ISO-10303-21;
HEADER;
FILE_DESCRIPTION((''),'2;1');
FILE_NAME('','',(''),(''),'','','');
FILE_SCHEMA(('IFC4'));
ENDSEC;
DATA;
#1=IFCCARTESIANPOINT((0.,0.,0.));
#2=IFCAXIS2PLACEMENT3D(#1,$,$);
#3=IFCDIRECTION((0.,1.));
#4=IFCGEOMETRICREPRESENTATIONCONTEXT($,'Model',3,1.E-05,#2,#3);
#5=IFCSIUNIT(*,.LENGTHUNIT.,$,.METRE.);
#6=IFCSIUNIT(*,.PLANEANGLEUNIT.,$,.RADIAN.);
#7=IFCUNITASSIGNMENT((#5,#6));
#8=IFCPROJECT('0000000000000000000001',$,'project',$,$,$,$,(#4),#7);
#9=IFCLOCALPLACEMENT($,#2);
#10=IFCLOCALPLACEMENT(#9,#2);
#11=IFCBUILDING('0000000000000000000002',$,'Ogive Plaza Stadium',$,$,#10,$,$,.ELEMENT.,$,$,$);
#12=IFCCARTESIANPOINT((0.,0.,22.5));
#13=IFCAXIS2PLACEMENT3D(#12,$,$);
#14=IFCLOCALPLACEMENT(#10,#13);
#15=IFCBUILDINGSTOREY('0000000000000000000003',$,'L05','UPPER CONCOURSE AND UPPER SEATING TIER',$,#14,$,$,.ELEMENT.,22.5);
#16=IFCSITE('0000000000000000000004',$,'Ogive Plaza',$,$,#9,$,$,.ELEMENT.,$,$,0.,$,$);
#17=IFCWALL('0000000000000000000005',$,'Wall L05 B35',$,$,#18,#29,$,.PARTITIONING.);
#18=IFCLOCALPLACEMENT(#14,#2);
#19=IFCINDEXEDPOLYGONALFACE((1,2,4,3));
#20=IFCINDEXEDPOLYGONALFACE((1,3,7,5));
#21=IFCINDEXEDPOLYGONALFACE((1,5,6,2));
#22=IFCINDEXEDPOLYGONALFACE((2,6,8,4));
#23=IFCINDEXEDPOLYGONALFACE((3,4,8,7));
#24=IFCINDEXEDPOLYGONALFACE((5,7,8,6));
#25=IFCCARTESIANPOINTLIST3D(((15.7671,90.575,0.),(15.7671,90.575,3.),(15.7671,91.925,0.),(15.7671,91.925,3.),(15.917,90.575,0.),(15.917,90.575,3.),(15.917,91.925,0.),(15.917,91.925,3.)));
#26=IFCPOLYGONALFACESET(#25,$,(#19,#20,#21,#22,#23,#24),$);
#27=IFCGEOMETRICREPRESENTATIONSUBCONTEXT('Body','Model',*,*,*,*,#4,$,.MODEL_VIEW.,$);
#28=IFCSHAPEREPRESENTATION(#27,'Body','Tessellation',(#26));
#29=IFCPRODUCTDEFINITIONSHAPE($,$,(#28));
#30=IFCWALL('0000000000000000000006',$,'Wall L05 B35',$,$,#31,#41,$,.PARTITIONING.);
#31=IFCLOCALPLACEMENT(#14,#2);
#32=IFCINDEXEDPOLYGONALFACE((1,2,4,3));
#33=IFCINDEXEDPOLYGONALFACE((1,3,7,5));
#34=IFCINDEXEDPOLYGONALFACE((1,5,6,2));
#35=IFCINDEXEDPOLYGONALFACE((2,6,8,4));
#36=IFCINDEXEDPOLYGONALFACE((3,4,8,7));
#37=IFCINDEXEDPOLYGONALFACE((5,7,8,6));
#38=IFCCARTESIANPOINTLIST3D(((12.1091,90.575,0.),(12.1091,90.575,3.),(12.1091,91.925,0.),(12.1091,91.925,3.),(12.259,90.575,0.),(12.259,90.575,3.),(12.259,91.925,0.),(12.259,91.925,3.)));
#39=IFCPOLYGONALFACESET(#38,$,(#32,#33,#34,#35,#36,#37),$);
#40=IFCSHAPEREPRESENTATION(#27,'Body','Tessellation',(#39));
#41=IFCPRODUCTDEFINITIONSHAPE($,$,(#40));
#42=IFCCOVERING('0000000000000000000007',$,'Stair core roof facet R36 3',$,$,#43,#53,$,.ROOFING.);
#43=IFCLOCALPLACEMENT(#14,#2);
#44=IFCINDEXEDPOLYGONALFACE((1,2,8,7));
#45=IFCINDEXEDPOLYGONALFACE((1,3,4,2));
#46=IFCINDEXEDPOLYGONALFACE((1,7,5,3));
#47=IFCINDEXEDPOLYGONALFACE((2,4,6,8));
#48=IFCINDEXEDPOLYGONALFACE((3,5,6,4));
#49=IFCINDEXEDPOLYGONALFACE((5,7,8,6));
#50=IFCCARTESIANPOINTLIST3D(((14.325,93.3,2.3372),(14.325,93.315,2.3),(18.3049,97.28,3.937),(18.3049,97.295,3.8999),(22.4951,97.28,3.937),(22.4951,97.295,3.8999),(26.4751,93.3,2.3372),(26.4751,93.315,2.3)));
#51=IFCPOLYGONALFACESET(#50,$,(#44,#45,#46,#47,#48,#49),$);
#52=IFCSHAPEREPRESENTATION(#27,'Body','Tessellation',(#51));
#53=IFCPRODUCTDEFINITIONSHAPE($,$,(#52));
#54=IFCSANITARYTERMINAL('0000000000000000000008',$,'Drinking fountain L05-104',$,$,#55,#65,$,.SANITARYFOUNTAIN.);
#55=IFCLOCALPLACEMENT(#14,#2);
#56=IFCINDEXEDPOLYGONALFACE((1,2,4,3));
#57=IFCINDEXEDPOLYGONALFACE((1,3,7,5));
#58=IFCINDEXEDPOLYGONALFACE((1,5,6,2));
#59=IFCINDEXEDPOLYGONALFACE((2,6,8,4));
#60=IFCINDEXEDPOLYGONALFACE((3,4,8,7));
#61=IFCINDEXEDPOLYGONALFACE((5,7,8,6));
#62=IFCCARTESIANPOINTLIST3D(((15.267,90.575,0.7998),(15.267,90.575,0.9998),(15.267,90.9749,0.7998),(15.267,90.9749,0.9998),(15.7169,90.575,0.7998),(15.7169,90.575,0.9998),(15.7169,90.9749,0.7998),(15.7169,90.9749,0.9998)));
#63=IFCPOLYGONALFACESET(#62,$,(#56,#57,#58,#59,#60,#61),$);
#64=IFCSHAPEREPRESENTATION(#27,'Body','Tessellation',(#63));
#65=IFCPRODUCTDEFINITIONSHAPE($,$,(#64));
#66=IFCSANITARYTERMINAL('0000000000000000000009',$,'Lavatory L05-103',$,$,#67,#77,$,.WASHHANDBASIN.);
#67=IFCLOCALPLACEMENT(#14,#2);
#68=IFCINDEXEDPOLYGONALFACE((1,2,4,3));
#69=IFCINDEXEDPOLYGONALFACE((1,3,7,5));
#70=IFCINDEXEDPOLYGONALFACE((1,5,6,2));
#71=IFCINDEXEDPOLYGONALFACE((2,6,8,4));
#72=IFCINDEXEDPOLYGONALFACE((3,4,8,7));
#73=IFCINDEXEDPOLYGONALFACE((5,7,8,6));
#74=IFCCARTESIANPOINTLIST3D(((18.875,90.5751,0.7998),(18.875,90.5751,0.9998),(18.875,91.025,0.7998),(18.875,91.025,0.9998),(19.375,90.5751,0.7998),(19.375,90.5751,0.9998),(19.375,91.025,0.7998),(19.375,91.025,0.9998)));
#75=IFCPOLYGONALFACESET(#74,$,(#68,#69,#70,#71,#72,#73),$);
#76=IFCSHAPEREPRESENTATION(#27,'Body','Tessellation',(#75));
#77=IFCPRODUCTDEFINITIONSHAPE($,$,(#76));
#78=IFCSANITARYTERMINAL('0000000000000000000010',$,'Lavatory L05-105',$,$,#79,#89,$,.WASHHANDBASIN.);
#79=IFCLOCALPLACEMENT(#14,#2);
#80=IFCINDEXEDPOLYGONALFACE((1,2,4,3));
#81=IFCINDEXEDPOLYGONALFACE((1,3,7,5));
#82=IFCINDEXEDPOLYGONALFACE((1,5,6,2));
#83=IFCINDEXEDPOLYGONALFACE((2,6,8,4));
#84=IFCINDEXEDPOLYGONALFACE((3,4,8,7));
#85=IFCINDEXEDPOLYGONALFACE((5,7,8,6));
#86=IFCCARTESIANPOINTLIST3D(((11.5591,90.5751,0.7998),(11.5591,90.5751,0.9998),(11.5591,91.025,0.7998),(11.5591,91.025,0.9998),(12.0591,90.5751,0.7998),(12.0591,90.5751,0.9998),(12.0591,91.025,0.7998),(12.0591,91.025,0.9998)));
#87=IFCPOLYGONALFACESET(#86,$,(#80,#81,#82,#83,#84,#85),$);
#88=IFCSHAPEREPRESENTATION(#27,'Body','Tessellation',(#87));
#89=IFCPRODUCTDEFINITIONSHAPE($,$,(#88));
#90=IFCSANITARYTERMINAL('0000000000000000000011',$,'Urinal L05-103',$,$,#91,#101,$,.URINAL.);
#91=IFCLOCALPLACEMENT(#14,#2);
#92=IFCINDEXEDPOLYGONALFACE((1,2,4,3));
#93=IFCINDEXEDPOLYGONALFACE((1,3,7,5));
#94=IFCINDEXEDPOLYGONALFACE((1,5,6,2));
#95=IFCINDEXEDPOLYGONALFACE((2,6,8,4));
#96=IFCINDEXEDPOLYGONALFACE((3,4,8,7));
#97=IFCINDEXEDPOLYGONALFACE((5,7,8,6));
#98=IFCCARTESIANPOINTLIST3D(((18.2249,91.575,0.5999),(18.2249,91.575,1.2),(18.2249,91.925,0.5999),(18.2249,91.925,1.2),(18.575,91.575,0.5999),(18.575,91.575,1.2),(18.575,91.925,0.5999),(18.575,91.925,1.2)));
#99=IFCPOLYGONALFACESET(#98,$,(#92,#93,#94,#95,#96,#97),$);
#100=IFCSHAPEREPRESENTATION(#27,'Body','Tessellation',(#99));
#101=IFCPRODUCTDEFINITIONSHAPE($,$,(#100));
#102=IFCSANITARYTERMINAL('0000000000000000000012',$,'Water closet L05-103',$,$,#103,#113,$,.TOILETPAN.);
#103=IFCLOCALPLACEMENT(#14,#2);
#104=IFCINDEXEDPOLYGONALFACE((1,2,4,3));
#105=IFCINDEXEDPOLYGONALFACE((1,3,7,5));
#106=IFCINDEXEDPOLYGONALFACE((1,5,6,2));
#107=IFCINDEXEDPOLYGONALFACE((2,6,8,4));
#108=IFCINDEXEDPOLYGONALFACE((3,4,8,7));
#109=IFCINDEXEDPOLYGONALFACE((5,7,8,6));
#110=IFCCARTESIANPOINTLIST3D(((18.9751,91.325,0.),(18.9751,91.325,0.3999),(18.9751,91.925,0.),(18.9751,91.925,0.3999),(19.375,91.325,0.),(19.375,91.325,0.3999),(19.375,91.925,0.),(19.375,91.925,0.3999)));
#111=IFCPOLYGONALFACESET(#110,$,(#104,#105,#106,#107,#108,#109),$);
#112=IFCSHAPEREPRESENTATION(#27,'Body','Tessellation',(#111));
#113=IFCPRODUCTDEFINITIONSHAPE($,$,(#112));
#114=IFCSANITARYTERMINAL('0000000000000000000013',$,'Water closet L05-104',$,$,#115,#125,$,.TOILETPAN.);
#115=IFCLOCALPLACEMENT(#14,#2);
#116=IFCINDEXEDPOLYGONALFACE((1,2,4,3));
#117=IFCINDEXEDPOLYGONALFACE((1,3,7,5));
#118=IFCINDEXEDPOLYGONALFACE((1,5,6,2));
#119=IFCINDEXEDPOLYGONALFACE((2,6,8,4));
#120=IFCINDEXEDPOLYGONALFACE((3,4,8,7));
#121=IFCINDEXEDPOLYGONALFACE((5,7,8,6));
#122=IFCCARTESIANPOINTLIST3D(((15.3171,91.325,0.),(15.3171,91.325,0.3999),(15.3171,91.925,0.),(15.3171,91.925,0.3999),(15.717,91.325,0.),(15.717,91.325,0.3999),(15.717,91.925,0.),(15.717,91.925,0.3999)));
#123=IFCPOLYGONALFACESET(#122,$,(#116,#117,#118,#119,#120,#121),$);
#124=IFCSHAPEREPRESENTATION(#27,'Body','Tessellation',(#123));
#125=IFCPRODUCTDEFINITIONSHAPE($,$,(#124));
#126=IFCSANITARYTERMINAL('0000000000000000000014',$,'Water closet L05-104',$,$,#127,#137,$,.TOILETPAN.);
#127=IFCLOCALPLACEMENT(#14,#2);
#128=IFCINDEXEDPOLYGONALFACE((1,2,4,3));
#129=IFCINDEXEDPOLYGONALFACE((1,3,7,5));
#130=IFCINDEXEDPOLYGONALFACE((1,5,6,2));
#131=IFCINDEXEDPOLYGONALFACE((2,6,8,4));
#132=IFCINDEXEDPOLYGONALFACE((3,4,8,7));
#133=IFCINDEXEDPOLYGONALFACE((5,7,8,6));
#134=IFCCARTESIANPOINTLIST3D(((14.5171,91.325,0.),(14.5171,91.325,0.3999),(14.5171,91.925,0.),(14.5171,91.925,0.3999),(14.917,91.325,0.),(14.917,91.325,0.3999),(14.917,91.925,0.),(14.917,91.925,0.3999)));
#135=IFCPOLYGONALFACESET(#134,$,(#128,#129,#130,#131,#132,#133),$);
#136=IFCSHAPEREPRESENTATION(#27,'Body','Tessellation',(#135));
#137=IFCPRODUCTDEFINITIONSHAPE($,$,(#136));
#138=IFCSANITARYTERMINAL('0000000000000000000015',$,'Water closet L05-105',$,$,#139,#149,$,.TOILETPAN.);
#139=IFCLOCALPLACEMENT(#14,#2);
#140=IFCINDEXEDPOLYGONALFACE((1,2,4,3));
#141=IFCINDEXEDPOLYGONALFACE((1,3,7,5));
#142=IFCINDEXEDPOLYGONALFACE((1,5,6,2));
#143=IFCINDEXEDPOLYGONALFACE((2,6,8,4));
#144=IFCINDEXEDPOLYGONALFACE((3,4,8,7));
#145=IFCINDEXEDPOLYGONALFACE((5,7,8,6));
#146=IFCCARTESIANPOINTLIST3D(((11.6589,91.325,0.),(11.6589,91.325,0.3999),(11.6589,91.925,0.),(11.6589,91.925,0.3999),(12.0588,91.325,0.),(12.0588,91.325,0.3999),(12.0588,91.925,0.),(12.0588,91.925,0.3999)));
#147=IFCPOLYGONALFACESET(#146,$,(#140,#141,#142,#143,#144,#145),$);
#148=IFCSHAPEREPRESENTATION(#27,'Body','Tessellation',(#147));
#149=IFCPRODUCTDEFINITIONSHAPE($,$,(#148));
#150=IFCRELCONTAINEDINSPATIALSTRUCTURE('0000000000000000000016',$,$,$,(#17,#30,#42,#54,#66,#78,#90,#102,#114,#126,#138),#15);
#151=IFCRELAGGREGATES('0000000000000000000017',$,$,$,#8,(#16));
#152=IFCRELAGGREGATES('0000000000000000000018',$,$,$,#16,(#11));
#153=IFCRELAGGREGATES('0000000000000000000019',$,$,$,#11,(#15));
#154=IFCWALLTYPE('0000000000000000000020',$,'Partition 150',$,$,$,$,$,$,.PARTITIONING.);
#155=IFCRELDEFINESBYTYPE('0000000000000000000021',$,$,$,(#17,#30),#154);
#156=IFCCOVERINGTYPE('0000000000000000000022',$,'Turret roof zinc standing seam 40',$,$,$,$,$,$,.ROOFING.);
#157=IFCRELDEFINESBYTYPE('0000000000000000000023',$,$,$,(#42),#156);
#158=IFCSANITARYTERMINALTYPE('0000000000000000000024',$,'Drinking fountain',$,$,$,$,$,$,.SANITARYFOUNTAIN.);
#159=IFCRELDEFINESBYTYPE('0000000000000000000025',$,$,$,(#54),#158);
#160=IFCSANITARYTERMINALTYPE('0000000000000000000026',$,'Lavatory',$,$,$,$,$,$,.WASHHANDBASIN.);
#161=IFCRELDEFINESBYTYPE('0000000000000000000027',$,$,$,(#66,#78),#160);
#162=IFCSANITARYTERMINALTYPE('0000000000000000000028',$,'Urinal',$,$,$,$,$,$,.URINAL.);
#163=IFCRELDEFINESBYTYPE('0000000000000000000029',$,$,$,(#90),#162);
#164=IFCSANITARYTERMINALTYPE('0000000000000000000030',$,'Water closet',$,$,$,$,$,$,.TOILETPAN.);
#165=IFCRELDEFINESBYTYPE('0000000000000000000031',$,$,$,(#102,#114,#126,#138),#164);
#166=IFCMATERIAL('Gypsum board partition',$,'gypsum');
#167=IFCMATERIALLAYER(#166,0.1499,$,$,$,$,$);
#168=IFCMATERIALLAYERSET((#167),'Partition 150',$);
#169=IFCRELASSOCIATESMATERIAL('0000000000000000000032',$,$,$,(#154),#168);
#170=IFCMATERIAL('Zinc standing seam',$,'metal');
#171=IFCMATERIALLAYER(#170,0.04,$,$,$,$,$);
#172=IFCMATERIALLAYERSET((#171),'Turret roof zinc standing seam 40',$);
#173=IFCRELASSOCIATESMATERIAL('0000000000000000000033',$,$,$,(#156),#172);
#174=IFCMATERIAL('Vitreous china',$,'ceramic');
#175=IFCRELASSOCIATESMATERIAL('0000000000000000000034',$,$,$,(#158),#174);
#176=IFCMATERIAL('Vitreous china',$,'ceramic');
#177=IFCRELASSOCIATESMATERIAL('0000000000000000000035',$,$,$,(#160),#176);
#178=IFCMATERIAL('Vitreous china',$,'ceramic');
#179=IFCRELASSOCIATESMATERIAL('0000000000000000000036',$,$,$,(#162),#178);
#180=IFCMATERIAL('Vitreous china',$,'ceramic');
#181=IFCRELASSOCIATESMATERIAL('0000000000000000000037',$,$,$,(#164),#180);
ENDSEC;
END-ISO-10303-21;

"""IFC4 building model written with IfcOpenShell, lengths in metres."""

from ifc_helpers import new_model, si_unit, direction, frame, frame_2d, origin, origin_2d, place, context, subcontext, project, spatial, polyline, rectangle, outline, extrude, material, layer, layer_set, type_object, element, save


model = new_model("IFC4")

# Units and contexts
model_context = context("Model", 3, precision=1e-05, world=origin(), true_north=direction((0.0, 1.0)))
body_context = subcontext(model_context, "Body", "Model", "MODEL_VIEW")
ifc_project = project(units=[si_unit("LENGTHUNIT", "METRE"), si_unit("PLANEANGLEUNIT", "RADIAN")], contexts=[model_context])

# Site, building, storey
site_placement = place(None, origin())
site = spatial("IfcSite", under=ifc_project, at=site_placement, Name="Ogive Plaza", CompositionType="ELEMENT", RefElevation=0.0)
building_placement = place(site_placement, origin())
building = spatial("IfcBuilding", under=site, at=building_placement, Name="Ogive Plaza Stadium", CompositionType="ELEMENT")
storey_placement = place(building_placement, frame((0.0, 0.0, 22.5)))
storey = spatial("IfcBuildingStorey", under=building, at=storey_placement, Name="L05", Description="UPPER CONCOURSE AND UPPER SEATING TIER", CompositionType="ELEMENT", Elevation=22.5)

# Shared definitions
ifc_material_1 = material(Name="Gypsum board partition", Category="gypsum")
ifc_layer_1 = layer(ifc_material_1, 0.1499)
ifc_layer_set_1 = layer_set([ifc_layer_1], Name="Partition 150")
wall_type_1 = type_object("IfcWallType", Name="Partition 150", PredefinedType="PARTITIONING", material=ifc_layer_set_1)

# Walls
for number, where, z_axis, x_axis, name in (
    (1, (15.842, 90.575, 0.0), (0.0, 0.0, 1.0), (0.0, 1.0, 0.0), "Wall L05 B35"),
    (2, (12.1841, 90.575, 0.0), (0.0, 0.0, 1.0), (0.0, 1.0, 0.0), "Wall L05 B35"),
):
    element("IfcWall", number, at=place(storey_placement, frame(where, z_axis=z_axis, x_axis=x_axis)), inside=storey, type_object=wall_type_1, Name=name, PredefinedType="PARTITIONING", context=body_context, shape_type="SweptSolid", body=[
        extrude(rectangle(XDim=1.3501, YDim=0.1499, at=frame_2d((0.675, 0.0))), origin(), (0.0, 0.0, 1.0), 3.0),
    ])

# Covering
ifc_material_2 = material(Name="Zinc standing seam", Category="metal")
ifc_layer_2 = layer(ifc_material_2, 0.04)
ifc_layer_set_2 = layer_set([ifc_layer_2], Name="Turret roof zinc standing seam 40")
covering_type = type_object("IfcCoveringType", Name="Turret roof zinc standing seam 40", PredefinedType="ROOFING", material=ifc_layer_set_2)
covering_placement = place(storey_placement, frame((14.325, 93.3, 2.3372), z_axis=(0.0, -0.37297, 0.927843), x_axis=(1.0, 0.0, 0.0)))
element("IfcCovering", 3, at=covering_placement, inside=storey, type_object=covering_type, Name="Stair core roof facet R36 3", PredefinedType="ROOFING", context=body_context, shape_type="SweptSolid", body=[
    extrude(outline(polyline([(0.0, 0.0), (12.1501, 0.0), (8.1702, 4.2895), (3.98, 4.2895), (0.0, 0.0)])), origin(), (0.0, 0.0, -1.0), 0.04),
])

# Sanitary terminals
ifc_material_3 = material(Name="Vitreous china", Category="ceramic")
sanitary_terminal_type_1 = type_object("IfcSanitaryTerminalType", Name="Drinking fountain", PredefinedType="SANITARYFOUNTAIN", material=ifc_material_3)
sanitary_terminal_1_placement = place(storey_placement, frame((15.4919, 90.7749, 0.7998), z_axis=(0.0, 0.0, 1.0), x_axis=(-1.0, 0.0, 0.0)))
element("IfcSanitaryTerminal", 4, at=sanitary_terminal_1_placement, inside=storey, type_object=sanitary_terminal_type_1, Name="Drinking fountain L05-104", PredefinedType="SANITARYFOUNTAIN", context=body_context, shape_type="SweptSolid", body=[
    extrude(rectangle(XDim=0.45, YDim=0.3999, at=origin_2d()), origin(), (0.0, 0.0, 1.0), 0.2),
])
ifc_material_4 = material(Name="Vitreous china", Category="ceramic")
sanitary_terminal_type_2 = type_object("IfcSanitaryTerminalType", Name="Lavatory", PredefinedType="WASHHANDBASIN", material=ifc_material_4)
for number, where, z_axis, x_axis, name in (
    (5, (19.125, 90.8, 0.7998), (0.0, 0.0, 1.0), (-1.0, 0.0, 0.0), "Lavatory L05-103"),
    (6, (11.8091, 90.8, 0.7998), (0.0, 0.0, 1.0), (-1.0, 0.0, 0.0), "Lavatory L05-105"),
):
    element("IfcSanitaryTerminal", number, at=place(storey_placement, frame(where, z_axis=z_axis, x_axis=x_axis)), inside=storey, type_object=sanitary_terminal_type_2, Name=name, PredefinedType="WASHHANDBASIN", context=body_context, shape_type="SweptSolid", body=[
        extrude(rectangle(XDim=0.5, YDim=0.45, at=origin_2d()), origin(), (0.0, 0.0, 1.0), 0.2),
    ])
ifc_material_5 = material(Name="Vitreous china", Category="ceramic")
sanitary_terminal_type_3 = type_object("IfcSanitaryTerminalType", Name="Urinal", PredefinedType="URINAL", material=ifc_material_5)
sanitary_terminal_2_placement = place(storey_placement, frame((18.3999, 91.75, 0.5999), z_axis=(0.0, 0.0, 1.0), x_axis=(-1.0, 0.0, 0.0)))
element("IfcSanitaryTerminal", 7, at=sanitary_terminal_2_placement, inside=storey, type_object=sanitary_terminal_type_3, Name="Urinal L05-103", PredefinedType="URINAL", context=body_context, shape_type="SweptSolid", body=[
    extrude(rectangle(XDim=0.3501, YDim=0.3501, at=origin_2d()), origin(), (0.0, 0.0, 1.0), 0.6001),
])
ifc_material_6 = material(Name="Vitreous china", Category="ceramic")
sanitary_terminal_type_4 = type_object("IfcSanitaryTerminalType", Name="Water closet", PredefinedType="TOILETPAN", material=ifc_material_6)
for number, where, z_axis, x_axis, name in (
    (8, (19.175, 91.625, 0.0), (0.0, 0.0, 1.0), (-1.0, 0.0, 0.0), "Water closet L05-103"),
    (9, (15.5171, 91.625, 0.0), (0.0, 0.0, 1.0), (-1.0, 0.0, 0.0), "Water closet L05-104"),
    (10, (14.717, 91.625, 0.0), (0.0, 0.0, 1.0), (-1.0, 0.0, 0.0), "Water closet L05-104"),
    (11, (11.8589, 91.625, 0.0), (0.0, 0.0, 1.0), (-1.0, 0.0, 0.0), "Water closet L05-105"),
):
    element("IfcSanitaryTerminal", number, at=place(storey_placement, frame(where, z_axis=z_axis, x_axis=x_axis)), inside=storey, type_object=sanitary_terminal_type_4, Name=name, PredefinedType="TOILETPAN", context=body_context, shape_type="SweptSolid", body=[
        extrude(rectangle(XDim=0.3999, YDim=0.6001, at=origin_2d()), origin(), (0.0, 0.0, 1.0), 0.3999),
    ])

save(model, "model.ifc")
